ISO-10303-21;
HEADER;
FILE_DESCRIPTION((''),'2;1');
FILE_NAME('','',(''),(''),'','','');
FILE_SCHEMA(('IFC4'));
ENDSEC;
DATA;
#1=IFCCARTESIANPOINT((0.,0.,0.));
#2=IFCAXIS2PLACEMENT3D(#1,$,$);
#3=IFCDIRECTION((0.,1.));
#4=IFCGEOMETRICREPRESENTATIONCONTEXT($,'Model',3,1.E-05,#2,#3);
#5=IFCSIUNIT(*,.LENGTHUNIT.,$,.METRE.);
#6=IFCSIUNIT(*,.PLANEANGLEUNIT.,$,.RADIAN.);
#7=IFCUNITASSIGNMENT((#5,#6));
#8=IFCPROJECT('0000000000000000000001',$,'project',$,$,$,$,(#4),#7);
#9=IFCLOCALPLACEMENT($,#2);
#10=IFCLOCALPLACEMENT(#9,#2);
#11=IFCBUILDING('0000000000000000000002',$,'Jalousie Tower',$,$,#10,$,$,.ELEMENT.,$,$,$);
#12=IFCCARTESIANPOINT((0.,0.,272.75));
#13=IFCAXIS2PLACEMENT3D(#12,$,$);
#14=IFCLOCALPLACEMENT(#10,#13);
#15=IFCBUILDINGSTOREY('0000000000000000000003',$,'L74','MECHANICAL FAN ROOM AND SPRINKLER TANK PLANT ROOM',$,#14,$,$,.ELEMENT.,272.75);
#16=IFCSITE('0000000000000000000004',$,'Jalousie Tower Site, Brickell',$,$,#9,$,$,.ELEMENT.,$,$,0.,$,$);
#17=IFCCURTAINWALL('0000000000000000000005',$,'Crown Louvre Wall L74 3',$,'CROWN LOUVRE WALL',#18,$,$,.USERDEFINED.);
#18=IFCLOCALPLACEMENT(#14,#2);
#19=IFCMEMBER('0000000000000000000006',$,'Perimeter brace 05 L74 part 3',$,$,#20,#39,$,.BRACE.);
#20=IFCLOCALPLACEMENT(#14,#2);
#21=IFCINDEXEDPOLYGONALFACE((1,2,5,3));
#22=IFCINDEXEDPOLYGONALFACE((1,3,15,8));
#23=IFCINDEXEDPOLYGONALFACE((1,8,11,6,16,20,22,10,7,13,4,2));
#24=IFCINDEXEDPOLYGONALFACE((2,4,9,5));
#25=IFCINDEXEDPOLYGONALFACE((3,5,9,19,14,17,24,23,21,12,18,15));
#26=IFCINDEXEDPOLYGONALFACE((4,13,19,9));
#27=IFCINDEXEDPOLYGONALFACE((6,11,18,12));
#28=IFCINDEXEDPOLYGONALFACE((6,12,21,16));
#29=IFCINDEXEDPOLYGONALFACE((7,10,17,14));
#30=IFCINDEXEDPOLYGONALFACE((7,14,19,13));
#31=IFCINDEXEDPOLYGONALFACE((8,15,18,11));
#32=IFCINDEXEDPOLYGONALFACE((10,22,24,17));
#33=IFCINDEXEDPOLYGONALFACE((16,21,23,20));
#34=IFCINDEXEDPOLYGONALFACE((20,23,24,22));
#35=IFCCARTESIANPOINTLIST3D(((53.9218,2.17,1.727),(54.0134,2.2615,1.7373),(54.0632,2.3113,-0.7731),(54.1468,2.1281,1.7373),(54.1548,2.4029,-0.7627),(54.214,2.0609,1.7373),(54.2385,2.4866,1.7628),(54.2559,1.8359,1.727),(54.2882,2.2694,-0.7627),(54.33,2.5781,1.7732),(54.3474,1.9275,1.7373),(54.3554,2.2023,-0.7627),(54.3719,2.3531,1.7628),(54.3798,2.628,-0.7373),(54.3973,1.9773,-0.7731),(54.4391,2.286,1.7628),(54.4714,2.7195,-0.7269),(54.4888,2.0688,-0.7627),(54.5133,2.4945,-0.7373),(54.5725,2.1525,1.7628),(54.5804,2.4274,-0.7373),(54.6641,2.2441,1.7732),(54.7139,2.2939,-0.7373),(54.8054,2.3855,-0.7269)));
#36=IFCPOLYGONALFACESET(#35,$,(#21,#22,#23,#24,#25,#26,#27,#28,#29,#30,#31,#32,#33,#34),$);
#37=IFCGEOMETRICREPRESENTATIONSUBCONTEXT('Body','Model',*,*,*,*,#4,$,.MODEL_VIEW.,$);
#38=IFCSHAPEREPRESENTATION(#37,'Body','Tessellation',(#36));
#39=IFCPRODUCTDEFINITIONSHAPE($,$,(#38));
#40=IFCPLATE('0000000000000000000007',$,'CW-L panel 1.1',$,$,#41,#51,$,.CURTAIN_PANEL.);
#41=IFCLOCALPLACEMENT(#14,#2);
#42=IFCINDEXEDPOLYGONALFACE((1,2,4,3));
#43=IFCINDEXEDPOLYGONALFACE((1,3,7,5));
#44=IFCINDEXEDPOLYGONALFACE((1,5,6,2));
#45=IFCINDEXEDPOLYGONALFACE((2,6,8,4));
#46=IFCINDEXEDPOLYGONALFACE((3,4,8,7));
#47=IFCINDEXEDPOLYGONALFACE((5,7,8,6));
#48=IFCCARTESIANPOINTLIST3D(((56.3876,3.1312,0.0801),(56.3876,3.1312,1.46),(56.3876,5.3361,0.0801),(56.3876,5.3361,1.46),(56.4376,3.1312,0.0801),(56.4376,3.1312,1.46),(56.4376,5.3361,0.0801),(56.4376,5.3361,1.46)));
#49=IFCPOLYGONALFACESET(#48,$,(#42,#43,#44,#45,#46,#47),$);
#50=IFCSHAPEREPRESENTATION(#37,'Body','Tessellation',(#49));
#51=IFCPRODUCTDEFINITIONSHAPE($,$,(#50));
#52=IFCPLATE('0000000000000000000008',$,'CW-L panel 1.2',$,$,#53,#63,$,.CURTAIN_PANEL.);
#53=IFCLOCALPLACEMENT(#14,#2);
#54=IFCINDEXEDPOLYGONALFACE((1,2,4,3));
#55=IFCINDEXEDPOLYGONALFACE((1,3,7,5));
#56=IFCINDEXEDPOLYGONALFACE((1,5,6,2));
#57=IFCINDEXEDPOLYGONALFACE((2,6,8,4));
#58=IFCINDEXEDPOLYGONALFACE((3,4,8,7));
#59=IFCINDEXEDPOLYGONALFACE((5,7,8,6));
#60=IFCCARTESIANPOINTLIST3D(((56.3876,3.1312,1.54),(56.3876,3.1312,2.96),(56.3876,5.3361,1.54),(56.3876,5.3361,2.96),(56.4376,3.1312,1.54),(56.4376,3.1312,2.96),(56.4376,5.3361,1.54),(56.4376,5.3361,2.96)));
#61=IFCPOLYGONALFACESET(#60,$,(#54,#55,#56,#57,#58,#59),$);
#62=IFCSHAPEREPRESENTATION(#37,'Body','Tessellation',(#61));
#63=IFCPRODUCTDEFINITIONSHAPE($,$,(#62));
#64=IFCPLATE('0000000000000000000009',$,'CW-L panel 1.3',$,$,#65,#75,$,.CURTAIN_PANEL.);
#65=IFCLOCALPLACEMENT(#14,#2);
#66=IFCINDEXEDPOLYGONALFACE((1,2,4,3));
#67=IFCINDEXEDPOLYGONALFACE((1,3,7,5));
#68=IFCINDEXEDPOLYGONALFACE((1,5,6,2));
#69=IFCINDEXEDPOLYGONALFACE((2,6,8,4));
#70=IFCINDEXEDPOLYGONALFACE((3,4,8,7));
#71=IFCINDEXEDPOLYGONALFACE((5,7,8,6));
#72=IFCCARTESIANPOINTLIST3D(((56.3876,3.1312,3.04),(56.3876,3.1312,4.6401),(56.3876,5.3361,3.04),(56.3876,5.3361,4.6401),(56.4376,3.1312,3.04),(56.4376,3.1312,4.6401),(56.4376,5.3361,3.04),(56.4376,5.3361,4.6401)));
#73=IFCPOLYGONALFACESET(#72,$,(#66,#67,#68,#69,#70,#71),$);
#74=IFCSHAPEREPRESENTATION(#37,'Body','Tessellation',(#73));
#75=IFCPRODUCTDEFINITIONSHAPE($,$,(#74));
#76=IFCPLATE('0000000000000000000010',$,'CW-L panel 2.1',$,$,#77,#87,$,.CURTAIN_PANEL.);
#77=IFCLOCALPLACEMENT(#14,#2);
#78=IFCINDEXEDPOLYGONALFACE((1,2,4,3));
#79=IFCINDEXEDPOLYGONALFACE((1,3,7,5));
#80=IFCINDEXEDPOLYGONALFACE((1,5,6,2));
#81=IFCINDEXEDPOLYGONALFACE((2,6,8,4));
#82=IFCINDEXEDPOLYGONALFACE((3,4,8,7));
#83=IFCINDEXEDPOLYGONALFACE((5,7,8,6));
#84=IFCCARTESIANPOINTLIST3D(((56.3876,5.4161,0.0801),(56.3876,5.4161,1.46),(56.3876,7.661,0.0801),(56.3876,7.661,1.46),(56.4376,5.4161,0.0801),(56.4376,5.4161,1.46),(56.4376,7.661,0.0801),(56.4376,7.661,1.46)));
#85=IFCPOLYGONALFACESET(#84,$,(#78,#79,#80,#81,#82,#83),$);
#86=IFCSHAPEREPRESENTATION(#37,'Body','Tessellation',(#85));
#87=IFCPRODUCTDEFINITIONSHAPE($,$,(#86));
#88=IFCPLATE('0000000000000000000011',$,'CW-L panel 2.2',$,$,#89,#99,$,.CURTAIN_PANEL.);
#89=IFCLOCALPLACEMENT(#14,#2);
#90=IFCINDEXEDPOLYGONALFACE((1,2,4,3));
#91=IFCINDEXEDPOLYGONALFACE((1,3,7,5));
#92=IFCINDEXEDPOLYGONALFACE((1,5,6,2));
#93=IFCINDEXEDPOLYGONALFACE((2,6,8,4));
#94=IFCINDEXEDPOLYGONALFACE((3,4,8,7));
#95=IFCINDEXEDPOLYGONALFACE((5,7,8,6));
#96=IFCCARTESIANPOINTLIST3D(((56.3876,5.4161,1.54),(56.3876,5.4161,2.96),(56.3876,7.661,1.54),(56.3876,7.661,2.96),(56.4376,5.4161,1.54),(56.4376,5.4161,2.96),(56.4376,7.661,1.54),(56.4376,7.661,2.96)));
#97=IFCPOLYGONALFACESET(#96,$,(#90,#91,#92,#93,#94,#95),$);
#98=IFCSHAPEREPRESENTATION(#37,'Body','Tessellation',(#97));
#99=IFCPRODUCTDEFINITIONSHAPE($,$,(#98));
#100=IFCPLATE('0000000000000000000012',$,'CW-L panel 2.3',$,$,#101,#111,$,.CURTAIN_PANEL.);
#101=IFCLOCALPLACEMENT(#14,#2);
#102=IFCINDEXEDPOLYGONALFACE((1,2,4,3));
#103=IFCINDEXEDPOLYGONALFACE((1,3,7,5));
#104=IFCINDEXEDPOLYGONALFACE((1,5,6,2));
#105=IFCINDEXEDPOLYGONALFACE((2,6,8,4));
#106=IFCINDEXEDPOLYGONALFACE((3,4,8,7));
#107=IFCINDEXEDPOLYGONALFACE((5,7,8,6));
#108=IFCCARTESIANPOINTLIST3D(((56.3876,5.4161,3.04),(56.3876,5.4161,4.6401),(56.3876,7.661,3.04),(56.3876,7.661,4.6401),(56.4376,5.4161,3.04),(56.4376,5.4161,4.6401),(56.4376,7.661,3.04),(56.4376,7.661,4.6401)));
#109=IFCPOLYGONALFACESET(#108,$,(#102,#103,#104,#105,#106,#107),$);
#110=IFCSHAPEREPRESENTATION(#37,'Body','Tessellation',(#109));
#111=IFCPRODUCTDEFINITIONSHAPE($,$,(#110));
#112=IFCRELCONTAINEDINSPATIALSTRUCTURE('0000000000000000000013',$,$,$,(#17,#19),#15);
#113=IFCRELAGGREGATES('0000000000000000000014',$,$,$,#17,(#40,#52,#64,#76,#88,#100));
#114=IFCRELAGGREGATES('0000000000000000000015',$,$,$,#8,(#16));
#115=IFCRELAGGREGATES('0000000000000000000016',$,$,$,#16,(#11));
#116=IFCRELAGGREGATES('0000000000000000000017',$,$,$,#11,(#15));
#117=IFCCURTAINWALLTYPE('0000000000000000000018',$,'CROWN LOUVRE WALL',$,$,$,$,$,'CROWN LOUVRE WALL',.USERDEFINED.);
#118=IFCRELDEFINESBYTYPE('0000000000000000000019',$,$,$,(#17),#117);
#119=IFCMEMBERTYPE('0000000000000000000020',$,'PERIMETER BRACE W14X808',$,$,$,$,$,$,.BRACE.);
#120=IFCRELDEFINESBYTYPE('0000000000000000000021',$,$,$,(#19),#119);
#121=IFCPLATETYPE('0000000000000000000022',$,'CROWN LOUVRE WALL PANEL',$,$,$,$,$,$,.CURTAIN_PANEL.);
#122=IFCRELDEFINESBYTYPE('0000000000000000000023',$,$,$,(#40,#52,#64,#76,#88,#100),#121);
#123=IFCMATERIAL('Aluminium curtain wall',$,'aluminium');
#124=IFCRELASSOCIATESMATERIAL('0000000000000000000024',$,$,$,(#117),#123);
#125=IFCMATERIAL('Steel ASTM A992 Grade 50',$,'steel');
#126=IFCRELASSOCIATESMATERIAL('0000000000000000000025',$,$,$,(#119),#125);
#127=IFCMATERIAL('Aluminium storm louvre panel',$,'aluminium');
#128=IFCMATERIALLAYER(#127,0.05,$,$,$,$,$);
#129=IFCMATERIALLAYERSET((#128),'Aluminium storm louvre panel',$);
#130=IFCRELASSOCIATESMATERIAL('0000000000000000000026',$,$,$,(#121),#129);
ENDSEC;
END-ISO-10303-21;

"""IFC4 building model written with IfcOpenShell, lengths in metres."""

from ifc_helpers import new_model, si_unit, direction, frame, origin, origin_2d, place, context, subcontext, project, spatial, rectangle, i_section, extrude, material, layer, layer_set, material_profile, profile_set, type_object, element, aggregate, save


model = new_model("IFC4")

# Units and contexts
model_context = context("Model", 3, precision=1e-05, world=origin(), true_north=direction((0.0, 1.0)))
body_context = subcontext(model_context, "Body", "Model", "MODEL_VIEW")
ifc_project = project(units=[si_unit("LENGTHUNIT", "METRE"), si_unit("PLANEANGLEUNIT", "RADIAN")], contexts=[model_context])

# Site, building, storey
site_placement = place(None, origin())
site = spatial("IfcSite", under=ifc_project, at=site_placement, Name="Jalousie Tower Site, Brickell", CompositionType="ELEMENT", RefElevation=0.0)
building_placement = place(site_placement, origin())
building = spatial("IfcBuilding", under=site, at=building_placement, Name="Jalousie Tower", CompositionType="ELEMENT")
storey_placement = place(building_placement, frame((0.0, 0.0, 272.75)))
storey = spatial("IfcBuildingStorey", under=building, at=storey_placement, Name="L74", Description="MECHANICAL FAN ROOM AND SPRINKLER TANK PLANT ROOM", CompositionType="ELEMENT", Elevation=272.75)

# Shared definitions
ifc_material_1 = material(Name="Aluminium curtain wall", Category="aluminium")
curtain_wall_type = type_object("IfcCurtainWallType", Name="CROWN LOUVRE WALL", ElementType="CROWN LOUVRE WALL", PredefinedType="USERDEFINED", material=ifc_material_1)

# Curtain wall
curtain_wall_1_placement = place(storey_placement, origin())
curtain_wall_1 = element("IfcCurtainWall", 1, at=curtain_wall_1_placement, inside=storey, type_object=curtain_wall_type, Name="Crown Louvre Wall L74 3", ObjectType="CROWN LOUVRE WALL", PredefinedType="USERDEFINED")

# Member
ifc_material_2 = material(Name="Steel ASTM A992 Grade 50", Category="steel")
ifc_material_profile_1 = material_profile(ifc_material_2, i_section(OverallWidth=0.4724, OverallDepth=0.5791, WebThickness=0.095, FlangeThickness=0.1299, at=origin_2d()), Name="W14X808")
ifc_profile_set_1 = profile_set([ifc_material_profile_1], Name="Steel ASTM A992 Grade 50")
member_type_1 = type_object("IfcMemberType", Name="PERIMETER BRACE W14X808", PredefinedType="BRACE", material=ifc_profile_set_1)
member_1_placement = place(storey_placement, frame((54.4343, 2.3484, -0.75), z_axis=(-0.056363, -0.056363, 0.996818), x_axis=(0.707107, -0.707107, 0.0)))
element("IfcMember", 2, at=member_1_placement, inside=storey, type_object=member_type_1, Name="Perimeter brace 05 L74 part 3", PredefinedType="BRACE", context=body_context, shape_type="SweptSolid", body=[
    extrude(i_section(OverallWidth=0.4724, OverallDepth=0.5791, WebThickness=0.095, FlangeThickness=0.1299, at=origin_2d()), origin(), (0.0, 0.0, 1.0), 2.5081),
])

# Plates
ifc_material_3 = material(Name="Aluminium storm louvre panel", Category="aluminium")
ifc_layer = layer(ifc_material_3, 0.05)
ifc_layer_set = layer_set([ifc_layer], Name="Aluminium storm louvre panel")
plate_type = type_object("IfcPlateType", Name="CROWN LOUVRE WALL PANEL", PredefinedType="CURTAIN_PANEL", material=ifc_layer_set)
plate_1_placement = place(storey_placement, frame((56.4126, 4.2336, 0.0801), z_axis=(0.0, 0.0, 1.0), x_axis=(0.0, 1.0, 0.0)))
plate_1 = element("IfcPlate", 3, at=plate_1_placement, type_object=plate_type, Name="CW-L panel 1.1", PredefinedType="CURTAIN_PANEL", context=body_context, shape_type="SweptSolid", body=[
    extrude(rectangle(XDim=2.2048, YDim=0.05, at=origin_2d()), origin(), (0.0, 0.0, 1.0), 1.3799),
])
plate_2_placement = place(storey_placement, frame((56.4126, 4.2336, 1.54), z_axis=(0.0, 0.0, 1.0), x_axis=(0.0, 1.0, 0.0)))
plate_2 = element("IfcPlate", 4, at=plate_2_placement, type_object=plate_type, Name="CW-L panel 1.2", PredefinedType="CURTAIN_PANEL", context=body_context, shape_type="SweptSolid", body=[
    extrude(rectangle(XDim=2.2048, YDim=0.05, at=origin_2d()), origin(), (0.0, 0.0, 1.0), 1.4199),
])
plate_3_placement = place(storey_placement, frame((56.4126, 4.2336, 3.04), z_axis=(0.0, 0.0, 1.0), x_axis=(0.0, 1.0, 0.0)))
plate_3 = element("IfcPlate", 5, at=plate_3_placement, type_object=plate_type, Name="CW-L panel 1.3", PredefinedType="CURTAIN_PANEL", context=body_context, shape_type="SweptSolid", body=[
    extrude(rectangle(XDim=2.2048, YDim=0.05, at=origin_2d()), origin(), (0.0, 0.0, 1.0), 1.6001),
])
plate_4_placement = place(storey_placement, frame((56.4126, 6.5386, 0.0801), z_axis=(0.0, 0.0, 1.0), x_axis=(0.0, 1.0, 0.0)))
plate_4 = element("IfcPlate", 6, at=plate_4_placement, type_object=plate_type, Name="CW-L panel 2.1", PredefinedType="CURTAIN_PANEL", context=body_context, shape_type="SweptSolid", body=[
    extrude(rectangle(XDim=2.2449, YDim=0.05, at=origin_2d()), origin(), (0.0, 0.0, 1.0), 1.3799),
])
plate_5_placement = place(storey_placement, frame((56.4126, 6.5386, 1.54), z_axis=(0.0, 0.0, 1.0), x_axis=(0.0, 1.0, 0.0)))
plate_5 = element("IfcPlate", 7, at=plate_5_placement, type_object=plate_type, Name="CW-L panel 2.2", PredefinedType="CURTAIN_PANEL", context=body_context, shape_type="SweptSolid", body=[
    extrude(rectangle(XDim=2.2449, YDim=0.05, at=origin_2d()), origin(), (0.0, 0.0, 1.0), 1.4199),
])
plate_6_placement = place(storey_placement, frame((56.4126, 6.5386, 3.04), z_axis=(0.0, 0.0, 1.0), x_axis=(0.0, 1.0, 0.0)))
plate_6 = element("IfcPlate", 8, at=plate_6_placement, type_object=plate_type, Name="CW-L panel 2.3", PredefinedType="CURTAIN_PANEL", context=body_context, shape_type="SweptSolid", body=[
    extrude(rectangle(XDim=2.2449, YDim=0.05, at=origin_2d()), origin(), (0.0, 0.0, 1.0), 1.6001),
])
aggregate(curtain_wall_1, [plate_1, plate_2, plate_3, plate_4, plate_5, plate_6])

save(model, "model.ifc")
